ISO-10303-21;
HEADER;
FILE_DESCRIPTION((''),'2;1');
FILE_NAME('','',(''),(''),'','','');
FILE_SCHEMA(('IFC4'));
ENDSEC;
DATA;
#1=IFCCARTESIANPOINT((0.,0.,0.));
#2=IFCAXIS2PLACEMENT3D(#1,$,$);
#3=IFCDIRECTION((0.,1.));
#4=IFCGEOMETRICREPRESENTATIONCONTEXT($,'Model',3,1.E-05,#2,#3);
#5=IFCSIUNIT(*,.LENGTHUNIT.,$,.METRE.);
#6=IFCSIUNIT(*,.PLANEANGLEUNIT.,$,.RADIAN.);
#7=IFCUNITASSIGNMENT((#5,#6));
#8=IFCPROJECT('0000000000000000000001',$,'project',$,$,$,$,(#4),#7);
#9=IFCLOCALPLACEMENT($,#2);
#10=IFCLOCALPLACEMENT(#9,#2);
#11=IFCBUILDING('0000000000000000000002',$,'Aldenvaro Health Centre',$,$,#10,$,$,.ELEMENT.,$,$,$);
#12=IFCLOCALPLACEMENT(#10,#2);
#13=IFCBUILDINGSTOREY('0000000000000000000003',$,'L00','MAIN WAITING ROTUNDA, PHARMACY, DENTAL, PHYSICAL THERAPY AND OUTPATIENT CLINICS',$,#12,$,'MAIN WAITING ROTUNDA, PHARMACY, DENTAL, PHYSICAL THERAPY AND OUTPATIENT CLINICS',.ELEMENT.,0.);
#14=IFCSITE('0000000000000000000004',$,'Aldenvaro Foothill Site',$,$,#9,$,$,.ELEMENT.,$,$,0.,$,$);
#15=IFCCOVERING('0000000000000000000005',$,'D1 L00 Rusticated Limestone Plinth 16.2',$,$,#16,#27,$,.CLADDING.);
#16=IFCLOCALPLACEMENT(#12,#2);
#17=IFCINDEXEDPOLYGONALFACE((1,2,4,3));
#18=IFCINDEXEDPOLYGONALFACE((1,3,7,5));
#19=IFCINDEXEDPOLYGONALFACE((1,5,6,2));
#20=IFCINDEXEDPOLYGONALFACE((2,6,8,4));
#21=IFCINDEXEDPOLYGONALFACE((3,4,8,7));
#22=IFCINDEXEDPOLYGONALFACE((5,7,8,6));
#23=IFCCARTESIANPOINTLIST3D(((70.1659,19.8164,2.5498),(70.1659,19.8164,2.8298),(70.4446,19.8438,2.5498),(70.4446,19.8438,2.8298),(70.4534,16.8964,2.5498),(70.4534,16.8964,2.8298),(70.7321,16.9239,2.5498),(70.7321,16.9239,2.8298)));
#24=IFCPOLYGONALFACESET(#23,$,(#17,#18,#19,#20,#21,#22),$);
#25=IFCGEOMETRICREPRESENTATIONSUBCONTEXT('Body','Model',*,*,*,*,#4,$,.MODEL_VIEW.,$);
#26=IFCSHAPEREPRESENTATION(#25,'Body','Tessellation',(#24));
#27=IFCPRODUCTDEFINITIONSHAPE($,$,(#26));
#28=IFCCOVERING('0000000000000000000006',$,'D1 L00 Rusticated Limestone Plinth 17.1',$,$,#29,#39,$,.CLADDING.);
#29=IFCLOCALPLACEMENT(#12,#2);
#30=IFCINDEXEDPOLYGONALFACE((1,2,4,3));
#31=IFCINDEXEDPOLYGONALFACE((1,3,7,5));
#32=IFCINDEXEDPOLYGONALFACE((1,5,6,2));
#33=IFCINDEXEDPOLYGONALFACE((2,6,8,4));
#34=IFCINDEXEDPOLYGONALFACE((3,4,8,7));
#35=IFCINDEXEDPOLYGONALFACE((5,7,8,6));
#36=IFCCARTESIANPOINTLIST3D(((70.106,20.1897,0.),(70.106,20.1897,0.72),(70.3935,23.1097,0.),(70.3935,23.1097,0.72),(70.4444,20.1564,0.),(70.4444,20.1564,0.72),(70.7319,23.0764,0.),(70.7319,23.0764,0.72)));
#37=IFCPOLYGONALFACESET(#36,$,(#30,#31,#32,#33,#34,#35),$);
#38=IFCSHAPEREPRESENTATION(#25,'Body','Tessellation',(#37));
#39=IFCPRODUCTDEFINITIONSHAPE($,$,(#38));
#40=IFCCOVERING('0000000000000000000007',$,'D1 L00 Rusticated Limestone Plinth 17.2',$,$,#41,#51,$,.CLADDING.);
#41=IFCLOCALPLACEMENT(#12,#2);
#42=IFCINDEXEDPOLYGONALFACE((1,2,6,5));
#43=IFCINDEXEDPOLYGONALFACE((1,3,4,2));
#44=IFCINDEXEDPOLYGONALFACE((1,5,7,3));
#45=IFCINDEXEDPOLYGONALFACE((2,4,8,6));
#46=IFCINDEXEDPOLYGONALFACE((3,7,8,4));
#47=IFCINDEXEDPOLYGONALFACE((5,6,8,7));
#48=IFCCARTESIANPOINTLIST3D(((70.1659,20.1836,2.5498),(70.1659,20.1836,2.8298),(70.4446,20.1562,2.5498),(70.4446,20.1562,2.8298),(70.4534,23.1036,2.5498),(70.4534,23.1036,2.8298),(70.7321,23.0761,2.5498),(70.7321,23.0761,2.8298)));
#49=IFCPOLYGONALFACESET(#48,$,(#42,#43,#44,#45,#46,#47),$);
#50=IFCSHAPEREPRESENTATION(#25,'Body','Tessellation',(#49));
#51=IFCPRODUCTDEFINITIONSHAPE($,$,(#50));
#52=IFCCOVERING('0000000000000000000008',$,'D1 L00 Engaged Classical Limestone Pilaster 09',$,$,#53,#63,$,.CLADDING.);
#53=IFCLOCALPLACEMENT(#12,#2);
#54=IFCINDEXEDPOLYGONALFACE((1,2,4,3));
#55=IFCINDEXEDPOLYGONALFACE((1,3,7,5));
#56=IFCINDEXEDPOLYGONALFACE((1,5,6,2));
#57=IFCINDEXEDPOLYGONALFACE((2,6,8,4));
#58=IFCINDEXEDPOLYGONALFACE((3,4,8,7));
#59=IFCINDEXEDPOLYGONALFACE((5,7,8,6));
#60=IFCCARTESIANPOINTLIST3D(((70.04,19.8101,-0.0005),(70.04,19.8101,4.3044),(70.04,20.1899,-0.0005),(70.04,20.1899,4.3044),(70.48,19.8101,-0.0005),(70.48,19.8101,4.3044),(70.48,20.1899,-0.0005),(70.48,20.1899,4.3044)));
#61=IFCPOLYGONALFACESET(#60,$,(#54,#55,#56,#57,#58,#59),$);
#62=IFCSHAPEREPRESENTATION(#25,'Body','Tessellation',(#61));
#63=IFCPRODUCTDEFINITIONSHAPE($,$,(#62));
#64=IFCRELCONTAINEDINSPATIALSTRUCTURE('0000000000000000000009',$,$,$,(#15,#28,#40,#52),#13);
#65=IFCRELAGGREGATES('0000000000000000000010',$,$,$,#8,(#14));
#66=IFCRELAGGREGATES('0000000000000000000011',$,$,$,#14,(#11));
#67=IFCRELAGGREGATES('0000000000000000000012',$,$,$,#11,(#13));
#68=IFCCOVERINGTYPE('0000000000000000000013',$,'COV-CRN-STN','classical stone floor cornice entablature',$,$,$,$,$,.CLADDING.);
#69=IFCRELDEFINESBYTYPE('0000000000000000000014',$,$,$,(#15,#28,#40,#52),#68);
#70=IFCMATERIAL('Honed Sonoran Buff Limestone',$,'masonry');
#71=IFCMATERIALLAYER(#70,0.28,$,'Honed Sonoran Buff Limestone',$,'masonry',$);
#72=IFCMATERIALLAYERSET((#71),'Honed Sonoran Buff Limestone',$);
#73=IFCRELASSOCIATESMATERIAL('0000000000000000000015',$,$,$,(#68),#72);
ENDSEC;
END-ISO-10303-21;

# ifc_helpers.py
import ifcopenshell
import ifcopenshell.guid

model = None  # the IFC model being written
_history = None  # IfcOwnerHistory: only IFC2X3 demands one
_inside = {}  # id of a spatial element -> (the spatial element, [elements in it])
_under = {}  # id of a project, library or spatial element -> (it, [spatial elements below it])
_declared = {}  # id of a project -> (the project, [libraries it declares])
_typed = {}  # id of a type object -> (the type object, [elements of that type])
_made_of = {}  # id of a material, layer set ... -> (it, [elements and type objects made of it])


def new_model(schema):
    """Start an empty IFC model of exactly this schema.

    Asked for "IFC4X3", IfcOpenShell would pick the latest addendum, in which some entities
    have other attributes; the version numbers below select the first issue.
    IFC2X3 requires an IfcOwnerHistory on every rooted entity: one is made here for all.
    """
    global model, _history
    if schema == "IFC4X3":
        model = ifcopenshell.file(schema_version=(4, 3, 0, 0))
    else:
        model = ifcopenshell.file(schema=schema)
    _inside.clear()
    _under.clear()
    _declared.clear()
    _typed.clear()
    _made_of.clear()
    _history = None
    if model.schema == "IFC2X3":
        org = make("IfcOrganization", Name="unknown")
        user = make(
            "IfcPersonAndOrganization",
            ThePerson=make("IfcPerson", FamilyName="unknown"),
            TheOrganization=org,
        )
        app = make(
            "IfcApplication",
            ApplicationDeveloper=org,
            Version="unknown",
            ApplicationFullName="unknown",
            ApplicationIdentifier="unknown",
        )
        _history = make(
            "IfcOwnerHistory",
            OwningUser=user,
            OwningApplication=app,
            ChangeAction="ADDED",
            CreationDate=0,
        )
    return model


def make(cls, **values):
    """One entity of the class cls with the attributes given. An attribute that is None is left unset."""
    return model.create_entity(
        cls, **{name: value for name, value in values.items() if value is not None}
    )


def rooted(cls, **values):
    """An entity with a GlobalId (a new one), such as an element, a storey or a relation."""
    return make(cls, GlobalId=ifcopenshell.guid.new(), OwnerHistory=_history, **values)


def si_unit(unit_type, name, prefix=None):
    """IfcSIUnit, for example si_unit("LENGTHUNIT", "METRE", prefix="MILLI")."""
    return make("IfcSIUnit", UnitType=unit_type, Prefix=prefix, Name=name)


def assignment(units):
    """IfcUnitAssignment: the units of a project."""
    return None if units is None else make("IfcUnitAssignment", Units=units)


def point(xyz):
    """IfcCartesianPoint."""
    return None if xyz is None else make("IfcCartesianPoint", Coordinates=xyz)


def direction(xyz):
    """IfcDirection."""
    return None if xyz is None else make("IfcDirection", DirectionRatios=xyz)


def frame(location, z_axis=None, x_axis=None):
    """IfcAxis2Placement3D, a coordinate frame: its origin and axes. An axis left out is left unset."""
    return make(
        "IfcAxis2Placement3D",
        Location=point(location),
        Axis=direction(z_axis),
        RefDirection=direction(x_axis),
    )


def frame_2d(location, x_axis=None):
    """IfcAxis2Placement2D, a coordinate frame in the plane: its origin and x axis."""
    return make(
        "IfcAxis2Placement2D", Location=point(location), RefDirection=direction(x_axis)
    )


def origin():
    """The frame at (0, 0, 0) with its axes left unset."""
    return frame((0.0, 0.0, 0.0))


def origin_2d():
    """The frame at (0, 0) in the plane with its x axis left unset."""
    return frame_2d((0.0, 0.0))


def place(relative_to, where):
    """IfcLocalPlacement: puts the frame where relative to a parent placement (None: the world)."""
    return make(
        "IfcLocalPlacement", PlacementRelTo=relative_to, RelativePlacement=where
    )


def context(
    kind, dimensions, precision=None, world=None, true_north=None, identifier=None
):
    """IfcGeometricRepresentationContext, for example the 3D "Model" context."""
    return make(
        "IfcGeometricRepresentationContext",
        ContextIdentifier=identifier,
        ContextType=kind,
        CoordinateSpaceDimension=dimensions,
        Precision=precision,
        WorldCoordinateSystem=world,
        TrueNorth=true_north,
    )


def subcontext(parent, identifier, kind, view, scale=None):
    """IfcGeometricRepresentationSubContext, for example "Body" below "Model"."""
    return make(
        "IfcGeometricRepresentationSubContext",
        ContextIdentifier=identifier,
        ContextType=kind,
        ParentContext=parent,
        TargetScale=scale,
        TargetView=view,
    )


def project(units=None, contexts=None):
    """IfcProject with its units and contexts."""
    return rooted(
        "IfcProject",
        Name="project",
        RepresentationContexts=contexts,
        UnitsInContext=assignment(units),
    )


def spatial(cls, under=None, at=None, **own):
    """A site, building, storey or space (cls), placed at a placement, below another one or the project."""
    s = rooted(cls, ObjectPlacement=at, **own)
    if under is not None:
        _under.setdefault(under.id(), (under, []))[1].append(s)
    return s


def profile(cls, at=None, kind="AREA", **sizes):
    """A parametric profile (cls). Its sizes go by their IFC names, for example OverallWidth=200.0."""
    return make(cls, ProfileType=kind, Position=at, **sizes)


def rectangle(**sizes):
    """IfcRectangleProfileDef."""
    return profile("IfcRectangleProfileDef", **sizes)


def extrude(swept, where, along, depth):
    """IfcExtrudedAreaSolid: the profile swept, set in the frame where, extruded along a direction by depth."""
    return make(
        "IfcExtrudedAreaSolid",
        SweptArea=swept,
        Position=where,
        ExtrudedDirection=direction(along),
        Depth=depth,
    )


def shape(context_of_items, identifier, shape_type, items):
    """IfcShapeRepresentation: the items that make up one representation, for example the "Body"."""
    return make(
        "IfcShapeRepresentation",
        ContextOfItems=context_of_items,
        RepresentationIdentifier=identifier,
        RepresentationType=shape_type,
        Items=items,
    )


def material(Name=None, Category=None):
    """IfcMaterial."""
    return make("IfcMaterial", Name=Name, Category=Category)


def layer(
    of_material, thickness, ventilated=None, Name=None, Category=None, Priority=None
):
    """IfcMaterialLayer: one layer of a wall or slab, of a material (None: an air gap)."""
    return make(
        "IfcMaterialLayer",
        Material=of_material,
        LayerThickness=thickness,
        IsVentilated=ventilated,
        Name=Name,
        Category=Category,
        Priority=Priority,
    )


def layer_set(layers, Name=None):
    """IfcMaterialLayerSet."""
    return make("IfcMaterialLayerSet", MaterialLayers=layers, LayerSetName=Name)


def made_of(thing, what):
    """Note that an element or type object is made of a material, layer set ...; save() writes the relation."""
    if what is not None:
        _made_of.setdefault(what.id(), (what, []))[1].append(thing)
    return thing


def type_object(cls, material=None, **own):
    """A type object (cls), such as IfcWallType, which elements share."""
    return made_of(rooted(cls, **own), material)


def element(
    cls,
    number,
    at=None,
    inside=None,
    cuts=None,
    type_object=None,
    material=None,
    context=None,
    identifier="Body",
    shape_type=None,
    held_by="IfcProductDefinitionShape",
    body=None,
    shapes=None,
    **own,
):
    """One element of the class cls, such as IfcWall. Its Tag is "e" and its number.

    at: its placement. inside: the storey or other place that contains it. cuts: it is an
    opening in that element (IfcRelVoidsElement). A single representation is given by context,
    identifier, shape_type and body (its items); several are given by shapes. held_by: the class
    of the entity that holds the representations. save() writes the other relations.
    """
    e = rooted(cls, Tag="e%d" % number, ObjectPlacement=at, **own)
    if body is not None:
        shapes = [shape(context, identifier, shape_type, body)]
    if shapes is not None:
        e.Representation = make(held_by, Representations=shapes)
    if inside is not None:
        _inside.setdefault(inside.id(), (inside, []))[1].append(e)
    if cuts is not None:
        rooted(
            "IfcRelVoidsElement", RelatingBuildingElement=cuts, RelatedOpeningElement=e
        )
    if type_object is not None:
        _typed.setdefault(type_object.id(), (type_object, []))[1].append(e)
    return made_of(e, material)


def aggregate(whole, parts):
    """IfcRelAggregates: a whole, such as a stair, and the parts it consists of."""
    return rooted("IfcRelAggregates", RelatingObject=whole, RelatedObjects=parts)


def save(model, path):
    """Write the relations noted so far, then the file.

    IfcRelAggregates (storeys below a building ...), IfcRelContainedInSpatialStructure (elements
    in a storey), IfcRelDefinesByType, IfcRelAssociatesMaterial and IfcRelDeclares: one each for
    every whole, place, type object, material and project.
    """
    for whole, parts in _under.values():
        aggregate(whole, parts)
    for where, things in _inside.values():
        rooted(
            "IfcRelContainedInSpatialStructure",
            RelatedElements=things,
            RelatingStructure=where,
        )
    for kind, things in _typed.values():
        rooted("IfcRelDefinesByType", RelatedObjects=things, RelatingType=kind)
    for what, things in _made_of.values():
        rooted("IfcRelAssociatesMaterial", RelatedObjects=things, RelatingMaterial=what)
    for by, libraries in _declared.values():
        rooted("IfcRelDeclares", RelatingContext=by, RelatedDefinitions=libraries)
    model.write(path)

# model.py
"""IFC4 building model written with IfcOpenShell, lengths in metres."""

from ifc_helpers import new_model, si_unit, direction, frame, origin, origin_2d, place, context, subcontext, project, spatial, rectangle, extrude, material, layer, layer_set, type_object, element, save


model = new_model("IFC4")

# Units and contexts
model_context = context("Model", 3, precision=1e-05, world=origin(), true_north=direction((0.0, 1.0)))
body_context = subcontext(model_context, "Body", "Model", "MODEL_VIEW")
ifc_project = project(units=[si_unit("LENGTHUNIT", "METRE"), si_unit("PLANEANGLEUNIT", "RADIAN")], contexts=[model_context])

# Site, building, storey
site_placement = place(None, origin())
site = spatial("IfcSite", under=ifc_project, at=site_placement, Name="Aldenvaro Foothill Site", CompositionType="ELEMENT", RefElevation=0.0)
building_placement = place(site_placement, origin())
building = spatial("IfcBuilding", under=site, at=building_placement, Name="Aldenvaro Health Centre", CompositionType="ELEMENT")
storey_placement = place(building_placement, origin())
storey = spatial("IfcBuildingStorey", under=building, at=storey_placement, Name="L00", Description="MAIN WAITING ROTUNDA, PHARMACY, DENTAL, PHYSICAL THERAPY AND OUTPATIENT CLINICS", LongName="MAIN WAITING ROTUNDA, PHARMACY, DENTAL, PHYSICAL THERAPY AND OUTPATIENT CLINICS", CompositionType="ELEMENT", Elevation=0.0)

# Coverings
ifc_material_1 = material(Name="Honed Sonoran Buff Limestone", Category="masonry")
ifc_layer = layer(ifc_material_1, 0.28, Name="Honed Sonoran Buff Limestone", Category="masonry")
ifc_layer_set = layer_set([ifc_layer], Name="Honed Sonoran Buff Limestone")
covering_type = type_object("IfcCoveringType", Name="COV-CRN-STN", Description="classical stone floor cornice entablature", PredefinedType="CLADDING", material=ifc_layer_set)
covering_1_placement = place(storey_placement, frame((70.449, 18.3701, 2.5498), z_axis=(0.0, 0.0, 1.0), x_axis=(-0.097994, 0.995187, 0.0)))
element("IfcCovering", 1, at=covering_1_placement, inside=storey, type_object=covering_type, Name="D1 L00 Rusticated Limestone Plinth 16.2", PredefinedType="CLADDING", context=body_context, shape_type="SweptSolid", body=[
    extrude(rectangle(XDim=2.9341, YDim=0.28, at=origin_2d()), origin(), (0.0, 0.0, 1.0), 0.28),
])
covering_2_placement = place(storey_placement, frame((70.4189, 21.6331, 0.0), z_axis=(0.0, 0.0, 1.0), x_axis=(0.097994, 0.995187, 0.0)))
element("IfcCovering", 2, at=covering_2_placement, inside=storey, type_object=covering_type, Name="D1 L00 Rusticated Limestone Plinth 17.1", PredefinedType="CLADDING", context=body_context, shape_type="SweptSolid", body=[
    extrude(rectangle(XDim=2.9341, YDim=0.3401, at=origin_2d()), origin(), (0.0, 0.0, 1.0), 0.72),
])
covering_3_placement = place(storey_placement, frame((70.449, 21.6299, 2.5498), z_axis=(0.0, 0.0, 1.0), x_axis=(0.097994, 0.995187, 0.0)))
element("IfcCovering", 3, at=covering_3_placement, inside=storey, type_object=covering_type, Name="D1 L00 Rusticated Limestone Plinth 17.2", PredefinedType="CLADDING", context=body_context, shape_type="SweptSolid", body=[
    extrude(rectangle(XDim=2.9341, YDim=0.28, at=origin_2d()), origin(), (0.0, 0.0, 1.0), 0.28),
])
covering_4_placement = place(storey_placement, frame((70.26, 20.0, -0.0005), z_axis=(0.0, 0.0, 1.0), x_axis=(-1.0, 0.0, 0.0)))
element("IfcCovering", 4, at=covering_4_placement, inside=storey, type_object=covering_type, Name="D1 L00 Engaged Classical Limestone Pilaster 09", PredefinedType="CLADDING", context=body_context, shape_type="SweptSolid", body=[
    extrude(rectangle(XDim=0.4399, YDim=0.3799, at=origin_2d()), origin(), (0.0, 0.0, 1.0), 4.3049),
])

save(model, "model.ifc")
